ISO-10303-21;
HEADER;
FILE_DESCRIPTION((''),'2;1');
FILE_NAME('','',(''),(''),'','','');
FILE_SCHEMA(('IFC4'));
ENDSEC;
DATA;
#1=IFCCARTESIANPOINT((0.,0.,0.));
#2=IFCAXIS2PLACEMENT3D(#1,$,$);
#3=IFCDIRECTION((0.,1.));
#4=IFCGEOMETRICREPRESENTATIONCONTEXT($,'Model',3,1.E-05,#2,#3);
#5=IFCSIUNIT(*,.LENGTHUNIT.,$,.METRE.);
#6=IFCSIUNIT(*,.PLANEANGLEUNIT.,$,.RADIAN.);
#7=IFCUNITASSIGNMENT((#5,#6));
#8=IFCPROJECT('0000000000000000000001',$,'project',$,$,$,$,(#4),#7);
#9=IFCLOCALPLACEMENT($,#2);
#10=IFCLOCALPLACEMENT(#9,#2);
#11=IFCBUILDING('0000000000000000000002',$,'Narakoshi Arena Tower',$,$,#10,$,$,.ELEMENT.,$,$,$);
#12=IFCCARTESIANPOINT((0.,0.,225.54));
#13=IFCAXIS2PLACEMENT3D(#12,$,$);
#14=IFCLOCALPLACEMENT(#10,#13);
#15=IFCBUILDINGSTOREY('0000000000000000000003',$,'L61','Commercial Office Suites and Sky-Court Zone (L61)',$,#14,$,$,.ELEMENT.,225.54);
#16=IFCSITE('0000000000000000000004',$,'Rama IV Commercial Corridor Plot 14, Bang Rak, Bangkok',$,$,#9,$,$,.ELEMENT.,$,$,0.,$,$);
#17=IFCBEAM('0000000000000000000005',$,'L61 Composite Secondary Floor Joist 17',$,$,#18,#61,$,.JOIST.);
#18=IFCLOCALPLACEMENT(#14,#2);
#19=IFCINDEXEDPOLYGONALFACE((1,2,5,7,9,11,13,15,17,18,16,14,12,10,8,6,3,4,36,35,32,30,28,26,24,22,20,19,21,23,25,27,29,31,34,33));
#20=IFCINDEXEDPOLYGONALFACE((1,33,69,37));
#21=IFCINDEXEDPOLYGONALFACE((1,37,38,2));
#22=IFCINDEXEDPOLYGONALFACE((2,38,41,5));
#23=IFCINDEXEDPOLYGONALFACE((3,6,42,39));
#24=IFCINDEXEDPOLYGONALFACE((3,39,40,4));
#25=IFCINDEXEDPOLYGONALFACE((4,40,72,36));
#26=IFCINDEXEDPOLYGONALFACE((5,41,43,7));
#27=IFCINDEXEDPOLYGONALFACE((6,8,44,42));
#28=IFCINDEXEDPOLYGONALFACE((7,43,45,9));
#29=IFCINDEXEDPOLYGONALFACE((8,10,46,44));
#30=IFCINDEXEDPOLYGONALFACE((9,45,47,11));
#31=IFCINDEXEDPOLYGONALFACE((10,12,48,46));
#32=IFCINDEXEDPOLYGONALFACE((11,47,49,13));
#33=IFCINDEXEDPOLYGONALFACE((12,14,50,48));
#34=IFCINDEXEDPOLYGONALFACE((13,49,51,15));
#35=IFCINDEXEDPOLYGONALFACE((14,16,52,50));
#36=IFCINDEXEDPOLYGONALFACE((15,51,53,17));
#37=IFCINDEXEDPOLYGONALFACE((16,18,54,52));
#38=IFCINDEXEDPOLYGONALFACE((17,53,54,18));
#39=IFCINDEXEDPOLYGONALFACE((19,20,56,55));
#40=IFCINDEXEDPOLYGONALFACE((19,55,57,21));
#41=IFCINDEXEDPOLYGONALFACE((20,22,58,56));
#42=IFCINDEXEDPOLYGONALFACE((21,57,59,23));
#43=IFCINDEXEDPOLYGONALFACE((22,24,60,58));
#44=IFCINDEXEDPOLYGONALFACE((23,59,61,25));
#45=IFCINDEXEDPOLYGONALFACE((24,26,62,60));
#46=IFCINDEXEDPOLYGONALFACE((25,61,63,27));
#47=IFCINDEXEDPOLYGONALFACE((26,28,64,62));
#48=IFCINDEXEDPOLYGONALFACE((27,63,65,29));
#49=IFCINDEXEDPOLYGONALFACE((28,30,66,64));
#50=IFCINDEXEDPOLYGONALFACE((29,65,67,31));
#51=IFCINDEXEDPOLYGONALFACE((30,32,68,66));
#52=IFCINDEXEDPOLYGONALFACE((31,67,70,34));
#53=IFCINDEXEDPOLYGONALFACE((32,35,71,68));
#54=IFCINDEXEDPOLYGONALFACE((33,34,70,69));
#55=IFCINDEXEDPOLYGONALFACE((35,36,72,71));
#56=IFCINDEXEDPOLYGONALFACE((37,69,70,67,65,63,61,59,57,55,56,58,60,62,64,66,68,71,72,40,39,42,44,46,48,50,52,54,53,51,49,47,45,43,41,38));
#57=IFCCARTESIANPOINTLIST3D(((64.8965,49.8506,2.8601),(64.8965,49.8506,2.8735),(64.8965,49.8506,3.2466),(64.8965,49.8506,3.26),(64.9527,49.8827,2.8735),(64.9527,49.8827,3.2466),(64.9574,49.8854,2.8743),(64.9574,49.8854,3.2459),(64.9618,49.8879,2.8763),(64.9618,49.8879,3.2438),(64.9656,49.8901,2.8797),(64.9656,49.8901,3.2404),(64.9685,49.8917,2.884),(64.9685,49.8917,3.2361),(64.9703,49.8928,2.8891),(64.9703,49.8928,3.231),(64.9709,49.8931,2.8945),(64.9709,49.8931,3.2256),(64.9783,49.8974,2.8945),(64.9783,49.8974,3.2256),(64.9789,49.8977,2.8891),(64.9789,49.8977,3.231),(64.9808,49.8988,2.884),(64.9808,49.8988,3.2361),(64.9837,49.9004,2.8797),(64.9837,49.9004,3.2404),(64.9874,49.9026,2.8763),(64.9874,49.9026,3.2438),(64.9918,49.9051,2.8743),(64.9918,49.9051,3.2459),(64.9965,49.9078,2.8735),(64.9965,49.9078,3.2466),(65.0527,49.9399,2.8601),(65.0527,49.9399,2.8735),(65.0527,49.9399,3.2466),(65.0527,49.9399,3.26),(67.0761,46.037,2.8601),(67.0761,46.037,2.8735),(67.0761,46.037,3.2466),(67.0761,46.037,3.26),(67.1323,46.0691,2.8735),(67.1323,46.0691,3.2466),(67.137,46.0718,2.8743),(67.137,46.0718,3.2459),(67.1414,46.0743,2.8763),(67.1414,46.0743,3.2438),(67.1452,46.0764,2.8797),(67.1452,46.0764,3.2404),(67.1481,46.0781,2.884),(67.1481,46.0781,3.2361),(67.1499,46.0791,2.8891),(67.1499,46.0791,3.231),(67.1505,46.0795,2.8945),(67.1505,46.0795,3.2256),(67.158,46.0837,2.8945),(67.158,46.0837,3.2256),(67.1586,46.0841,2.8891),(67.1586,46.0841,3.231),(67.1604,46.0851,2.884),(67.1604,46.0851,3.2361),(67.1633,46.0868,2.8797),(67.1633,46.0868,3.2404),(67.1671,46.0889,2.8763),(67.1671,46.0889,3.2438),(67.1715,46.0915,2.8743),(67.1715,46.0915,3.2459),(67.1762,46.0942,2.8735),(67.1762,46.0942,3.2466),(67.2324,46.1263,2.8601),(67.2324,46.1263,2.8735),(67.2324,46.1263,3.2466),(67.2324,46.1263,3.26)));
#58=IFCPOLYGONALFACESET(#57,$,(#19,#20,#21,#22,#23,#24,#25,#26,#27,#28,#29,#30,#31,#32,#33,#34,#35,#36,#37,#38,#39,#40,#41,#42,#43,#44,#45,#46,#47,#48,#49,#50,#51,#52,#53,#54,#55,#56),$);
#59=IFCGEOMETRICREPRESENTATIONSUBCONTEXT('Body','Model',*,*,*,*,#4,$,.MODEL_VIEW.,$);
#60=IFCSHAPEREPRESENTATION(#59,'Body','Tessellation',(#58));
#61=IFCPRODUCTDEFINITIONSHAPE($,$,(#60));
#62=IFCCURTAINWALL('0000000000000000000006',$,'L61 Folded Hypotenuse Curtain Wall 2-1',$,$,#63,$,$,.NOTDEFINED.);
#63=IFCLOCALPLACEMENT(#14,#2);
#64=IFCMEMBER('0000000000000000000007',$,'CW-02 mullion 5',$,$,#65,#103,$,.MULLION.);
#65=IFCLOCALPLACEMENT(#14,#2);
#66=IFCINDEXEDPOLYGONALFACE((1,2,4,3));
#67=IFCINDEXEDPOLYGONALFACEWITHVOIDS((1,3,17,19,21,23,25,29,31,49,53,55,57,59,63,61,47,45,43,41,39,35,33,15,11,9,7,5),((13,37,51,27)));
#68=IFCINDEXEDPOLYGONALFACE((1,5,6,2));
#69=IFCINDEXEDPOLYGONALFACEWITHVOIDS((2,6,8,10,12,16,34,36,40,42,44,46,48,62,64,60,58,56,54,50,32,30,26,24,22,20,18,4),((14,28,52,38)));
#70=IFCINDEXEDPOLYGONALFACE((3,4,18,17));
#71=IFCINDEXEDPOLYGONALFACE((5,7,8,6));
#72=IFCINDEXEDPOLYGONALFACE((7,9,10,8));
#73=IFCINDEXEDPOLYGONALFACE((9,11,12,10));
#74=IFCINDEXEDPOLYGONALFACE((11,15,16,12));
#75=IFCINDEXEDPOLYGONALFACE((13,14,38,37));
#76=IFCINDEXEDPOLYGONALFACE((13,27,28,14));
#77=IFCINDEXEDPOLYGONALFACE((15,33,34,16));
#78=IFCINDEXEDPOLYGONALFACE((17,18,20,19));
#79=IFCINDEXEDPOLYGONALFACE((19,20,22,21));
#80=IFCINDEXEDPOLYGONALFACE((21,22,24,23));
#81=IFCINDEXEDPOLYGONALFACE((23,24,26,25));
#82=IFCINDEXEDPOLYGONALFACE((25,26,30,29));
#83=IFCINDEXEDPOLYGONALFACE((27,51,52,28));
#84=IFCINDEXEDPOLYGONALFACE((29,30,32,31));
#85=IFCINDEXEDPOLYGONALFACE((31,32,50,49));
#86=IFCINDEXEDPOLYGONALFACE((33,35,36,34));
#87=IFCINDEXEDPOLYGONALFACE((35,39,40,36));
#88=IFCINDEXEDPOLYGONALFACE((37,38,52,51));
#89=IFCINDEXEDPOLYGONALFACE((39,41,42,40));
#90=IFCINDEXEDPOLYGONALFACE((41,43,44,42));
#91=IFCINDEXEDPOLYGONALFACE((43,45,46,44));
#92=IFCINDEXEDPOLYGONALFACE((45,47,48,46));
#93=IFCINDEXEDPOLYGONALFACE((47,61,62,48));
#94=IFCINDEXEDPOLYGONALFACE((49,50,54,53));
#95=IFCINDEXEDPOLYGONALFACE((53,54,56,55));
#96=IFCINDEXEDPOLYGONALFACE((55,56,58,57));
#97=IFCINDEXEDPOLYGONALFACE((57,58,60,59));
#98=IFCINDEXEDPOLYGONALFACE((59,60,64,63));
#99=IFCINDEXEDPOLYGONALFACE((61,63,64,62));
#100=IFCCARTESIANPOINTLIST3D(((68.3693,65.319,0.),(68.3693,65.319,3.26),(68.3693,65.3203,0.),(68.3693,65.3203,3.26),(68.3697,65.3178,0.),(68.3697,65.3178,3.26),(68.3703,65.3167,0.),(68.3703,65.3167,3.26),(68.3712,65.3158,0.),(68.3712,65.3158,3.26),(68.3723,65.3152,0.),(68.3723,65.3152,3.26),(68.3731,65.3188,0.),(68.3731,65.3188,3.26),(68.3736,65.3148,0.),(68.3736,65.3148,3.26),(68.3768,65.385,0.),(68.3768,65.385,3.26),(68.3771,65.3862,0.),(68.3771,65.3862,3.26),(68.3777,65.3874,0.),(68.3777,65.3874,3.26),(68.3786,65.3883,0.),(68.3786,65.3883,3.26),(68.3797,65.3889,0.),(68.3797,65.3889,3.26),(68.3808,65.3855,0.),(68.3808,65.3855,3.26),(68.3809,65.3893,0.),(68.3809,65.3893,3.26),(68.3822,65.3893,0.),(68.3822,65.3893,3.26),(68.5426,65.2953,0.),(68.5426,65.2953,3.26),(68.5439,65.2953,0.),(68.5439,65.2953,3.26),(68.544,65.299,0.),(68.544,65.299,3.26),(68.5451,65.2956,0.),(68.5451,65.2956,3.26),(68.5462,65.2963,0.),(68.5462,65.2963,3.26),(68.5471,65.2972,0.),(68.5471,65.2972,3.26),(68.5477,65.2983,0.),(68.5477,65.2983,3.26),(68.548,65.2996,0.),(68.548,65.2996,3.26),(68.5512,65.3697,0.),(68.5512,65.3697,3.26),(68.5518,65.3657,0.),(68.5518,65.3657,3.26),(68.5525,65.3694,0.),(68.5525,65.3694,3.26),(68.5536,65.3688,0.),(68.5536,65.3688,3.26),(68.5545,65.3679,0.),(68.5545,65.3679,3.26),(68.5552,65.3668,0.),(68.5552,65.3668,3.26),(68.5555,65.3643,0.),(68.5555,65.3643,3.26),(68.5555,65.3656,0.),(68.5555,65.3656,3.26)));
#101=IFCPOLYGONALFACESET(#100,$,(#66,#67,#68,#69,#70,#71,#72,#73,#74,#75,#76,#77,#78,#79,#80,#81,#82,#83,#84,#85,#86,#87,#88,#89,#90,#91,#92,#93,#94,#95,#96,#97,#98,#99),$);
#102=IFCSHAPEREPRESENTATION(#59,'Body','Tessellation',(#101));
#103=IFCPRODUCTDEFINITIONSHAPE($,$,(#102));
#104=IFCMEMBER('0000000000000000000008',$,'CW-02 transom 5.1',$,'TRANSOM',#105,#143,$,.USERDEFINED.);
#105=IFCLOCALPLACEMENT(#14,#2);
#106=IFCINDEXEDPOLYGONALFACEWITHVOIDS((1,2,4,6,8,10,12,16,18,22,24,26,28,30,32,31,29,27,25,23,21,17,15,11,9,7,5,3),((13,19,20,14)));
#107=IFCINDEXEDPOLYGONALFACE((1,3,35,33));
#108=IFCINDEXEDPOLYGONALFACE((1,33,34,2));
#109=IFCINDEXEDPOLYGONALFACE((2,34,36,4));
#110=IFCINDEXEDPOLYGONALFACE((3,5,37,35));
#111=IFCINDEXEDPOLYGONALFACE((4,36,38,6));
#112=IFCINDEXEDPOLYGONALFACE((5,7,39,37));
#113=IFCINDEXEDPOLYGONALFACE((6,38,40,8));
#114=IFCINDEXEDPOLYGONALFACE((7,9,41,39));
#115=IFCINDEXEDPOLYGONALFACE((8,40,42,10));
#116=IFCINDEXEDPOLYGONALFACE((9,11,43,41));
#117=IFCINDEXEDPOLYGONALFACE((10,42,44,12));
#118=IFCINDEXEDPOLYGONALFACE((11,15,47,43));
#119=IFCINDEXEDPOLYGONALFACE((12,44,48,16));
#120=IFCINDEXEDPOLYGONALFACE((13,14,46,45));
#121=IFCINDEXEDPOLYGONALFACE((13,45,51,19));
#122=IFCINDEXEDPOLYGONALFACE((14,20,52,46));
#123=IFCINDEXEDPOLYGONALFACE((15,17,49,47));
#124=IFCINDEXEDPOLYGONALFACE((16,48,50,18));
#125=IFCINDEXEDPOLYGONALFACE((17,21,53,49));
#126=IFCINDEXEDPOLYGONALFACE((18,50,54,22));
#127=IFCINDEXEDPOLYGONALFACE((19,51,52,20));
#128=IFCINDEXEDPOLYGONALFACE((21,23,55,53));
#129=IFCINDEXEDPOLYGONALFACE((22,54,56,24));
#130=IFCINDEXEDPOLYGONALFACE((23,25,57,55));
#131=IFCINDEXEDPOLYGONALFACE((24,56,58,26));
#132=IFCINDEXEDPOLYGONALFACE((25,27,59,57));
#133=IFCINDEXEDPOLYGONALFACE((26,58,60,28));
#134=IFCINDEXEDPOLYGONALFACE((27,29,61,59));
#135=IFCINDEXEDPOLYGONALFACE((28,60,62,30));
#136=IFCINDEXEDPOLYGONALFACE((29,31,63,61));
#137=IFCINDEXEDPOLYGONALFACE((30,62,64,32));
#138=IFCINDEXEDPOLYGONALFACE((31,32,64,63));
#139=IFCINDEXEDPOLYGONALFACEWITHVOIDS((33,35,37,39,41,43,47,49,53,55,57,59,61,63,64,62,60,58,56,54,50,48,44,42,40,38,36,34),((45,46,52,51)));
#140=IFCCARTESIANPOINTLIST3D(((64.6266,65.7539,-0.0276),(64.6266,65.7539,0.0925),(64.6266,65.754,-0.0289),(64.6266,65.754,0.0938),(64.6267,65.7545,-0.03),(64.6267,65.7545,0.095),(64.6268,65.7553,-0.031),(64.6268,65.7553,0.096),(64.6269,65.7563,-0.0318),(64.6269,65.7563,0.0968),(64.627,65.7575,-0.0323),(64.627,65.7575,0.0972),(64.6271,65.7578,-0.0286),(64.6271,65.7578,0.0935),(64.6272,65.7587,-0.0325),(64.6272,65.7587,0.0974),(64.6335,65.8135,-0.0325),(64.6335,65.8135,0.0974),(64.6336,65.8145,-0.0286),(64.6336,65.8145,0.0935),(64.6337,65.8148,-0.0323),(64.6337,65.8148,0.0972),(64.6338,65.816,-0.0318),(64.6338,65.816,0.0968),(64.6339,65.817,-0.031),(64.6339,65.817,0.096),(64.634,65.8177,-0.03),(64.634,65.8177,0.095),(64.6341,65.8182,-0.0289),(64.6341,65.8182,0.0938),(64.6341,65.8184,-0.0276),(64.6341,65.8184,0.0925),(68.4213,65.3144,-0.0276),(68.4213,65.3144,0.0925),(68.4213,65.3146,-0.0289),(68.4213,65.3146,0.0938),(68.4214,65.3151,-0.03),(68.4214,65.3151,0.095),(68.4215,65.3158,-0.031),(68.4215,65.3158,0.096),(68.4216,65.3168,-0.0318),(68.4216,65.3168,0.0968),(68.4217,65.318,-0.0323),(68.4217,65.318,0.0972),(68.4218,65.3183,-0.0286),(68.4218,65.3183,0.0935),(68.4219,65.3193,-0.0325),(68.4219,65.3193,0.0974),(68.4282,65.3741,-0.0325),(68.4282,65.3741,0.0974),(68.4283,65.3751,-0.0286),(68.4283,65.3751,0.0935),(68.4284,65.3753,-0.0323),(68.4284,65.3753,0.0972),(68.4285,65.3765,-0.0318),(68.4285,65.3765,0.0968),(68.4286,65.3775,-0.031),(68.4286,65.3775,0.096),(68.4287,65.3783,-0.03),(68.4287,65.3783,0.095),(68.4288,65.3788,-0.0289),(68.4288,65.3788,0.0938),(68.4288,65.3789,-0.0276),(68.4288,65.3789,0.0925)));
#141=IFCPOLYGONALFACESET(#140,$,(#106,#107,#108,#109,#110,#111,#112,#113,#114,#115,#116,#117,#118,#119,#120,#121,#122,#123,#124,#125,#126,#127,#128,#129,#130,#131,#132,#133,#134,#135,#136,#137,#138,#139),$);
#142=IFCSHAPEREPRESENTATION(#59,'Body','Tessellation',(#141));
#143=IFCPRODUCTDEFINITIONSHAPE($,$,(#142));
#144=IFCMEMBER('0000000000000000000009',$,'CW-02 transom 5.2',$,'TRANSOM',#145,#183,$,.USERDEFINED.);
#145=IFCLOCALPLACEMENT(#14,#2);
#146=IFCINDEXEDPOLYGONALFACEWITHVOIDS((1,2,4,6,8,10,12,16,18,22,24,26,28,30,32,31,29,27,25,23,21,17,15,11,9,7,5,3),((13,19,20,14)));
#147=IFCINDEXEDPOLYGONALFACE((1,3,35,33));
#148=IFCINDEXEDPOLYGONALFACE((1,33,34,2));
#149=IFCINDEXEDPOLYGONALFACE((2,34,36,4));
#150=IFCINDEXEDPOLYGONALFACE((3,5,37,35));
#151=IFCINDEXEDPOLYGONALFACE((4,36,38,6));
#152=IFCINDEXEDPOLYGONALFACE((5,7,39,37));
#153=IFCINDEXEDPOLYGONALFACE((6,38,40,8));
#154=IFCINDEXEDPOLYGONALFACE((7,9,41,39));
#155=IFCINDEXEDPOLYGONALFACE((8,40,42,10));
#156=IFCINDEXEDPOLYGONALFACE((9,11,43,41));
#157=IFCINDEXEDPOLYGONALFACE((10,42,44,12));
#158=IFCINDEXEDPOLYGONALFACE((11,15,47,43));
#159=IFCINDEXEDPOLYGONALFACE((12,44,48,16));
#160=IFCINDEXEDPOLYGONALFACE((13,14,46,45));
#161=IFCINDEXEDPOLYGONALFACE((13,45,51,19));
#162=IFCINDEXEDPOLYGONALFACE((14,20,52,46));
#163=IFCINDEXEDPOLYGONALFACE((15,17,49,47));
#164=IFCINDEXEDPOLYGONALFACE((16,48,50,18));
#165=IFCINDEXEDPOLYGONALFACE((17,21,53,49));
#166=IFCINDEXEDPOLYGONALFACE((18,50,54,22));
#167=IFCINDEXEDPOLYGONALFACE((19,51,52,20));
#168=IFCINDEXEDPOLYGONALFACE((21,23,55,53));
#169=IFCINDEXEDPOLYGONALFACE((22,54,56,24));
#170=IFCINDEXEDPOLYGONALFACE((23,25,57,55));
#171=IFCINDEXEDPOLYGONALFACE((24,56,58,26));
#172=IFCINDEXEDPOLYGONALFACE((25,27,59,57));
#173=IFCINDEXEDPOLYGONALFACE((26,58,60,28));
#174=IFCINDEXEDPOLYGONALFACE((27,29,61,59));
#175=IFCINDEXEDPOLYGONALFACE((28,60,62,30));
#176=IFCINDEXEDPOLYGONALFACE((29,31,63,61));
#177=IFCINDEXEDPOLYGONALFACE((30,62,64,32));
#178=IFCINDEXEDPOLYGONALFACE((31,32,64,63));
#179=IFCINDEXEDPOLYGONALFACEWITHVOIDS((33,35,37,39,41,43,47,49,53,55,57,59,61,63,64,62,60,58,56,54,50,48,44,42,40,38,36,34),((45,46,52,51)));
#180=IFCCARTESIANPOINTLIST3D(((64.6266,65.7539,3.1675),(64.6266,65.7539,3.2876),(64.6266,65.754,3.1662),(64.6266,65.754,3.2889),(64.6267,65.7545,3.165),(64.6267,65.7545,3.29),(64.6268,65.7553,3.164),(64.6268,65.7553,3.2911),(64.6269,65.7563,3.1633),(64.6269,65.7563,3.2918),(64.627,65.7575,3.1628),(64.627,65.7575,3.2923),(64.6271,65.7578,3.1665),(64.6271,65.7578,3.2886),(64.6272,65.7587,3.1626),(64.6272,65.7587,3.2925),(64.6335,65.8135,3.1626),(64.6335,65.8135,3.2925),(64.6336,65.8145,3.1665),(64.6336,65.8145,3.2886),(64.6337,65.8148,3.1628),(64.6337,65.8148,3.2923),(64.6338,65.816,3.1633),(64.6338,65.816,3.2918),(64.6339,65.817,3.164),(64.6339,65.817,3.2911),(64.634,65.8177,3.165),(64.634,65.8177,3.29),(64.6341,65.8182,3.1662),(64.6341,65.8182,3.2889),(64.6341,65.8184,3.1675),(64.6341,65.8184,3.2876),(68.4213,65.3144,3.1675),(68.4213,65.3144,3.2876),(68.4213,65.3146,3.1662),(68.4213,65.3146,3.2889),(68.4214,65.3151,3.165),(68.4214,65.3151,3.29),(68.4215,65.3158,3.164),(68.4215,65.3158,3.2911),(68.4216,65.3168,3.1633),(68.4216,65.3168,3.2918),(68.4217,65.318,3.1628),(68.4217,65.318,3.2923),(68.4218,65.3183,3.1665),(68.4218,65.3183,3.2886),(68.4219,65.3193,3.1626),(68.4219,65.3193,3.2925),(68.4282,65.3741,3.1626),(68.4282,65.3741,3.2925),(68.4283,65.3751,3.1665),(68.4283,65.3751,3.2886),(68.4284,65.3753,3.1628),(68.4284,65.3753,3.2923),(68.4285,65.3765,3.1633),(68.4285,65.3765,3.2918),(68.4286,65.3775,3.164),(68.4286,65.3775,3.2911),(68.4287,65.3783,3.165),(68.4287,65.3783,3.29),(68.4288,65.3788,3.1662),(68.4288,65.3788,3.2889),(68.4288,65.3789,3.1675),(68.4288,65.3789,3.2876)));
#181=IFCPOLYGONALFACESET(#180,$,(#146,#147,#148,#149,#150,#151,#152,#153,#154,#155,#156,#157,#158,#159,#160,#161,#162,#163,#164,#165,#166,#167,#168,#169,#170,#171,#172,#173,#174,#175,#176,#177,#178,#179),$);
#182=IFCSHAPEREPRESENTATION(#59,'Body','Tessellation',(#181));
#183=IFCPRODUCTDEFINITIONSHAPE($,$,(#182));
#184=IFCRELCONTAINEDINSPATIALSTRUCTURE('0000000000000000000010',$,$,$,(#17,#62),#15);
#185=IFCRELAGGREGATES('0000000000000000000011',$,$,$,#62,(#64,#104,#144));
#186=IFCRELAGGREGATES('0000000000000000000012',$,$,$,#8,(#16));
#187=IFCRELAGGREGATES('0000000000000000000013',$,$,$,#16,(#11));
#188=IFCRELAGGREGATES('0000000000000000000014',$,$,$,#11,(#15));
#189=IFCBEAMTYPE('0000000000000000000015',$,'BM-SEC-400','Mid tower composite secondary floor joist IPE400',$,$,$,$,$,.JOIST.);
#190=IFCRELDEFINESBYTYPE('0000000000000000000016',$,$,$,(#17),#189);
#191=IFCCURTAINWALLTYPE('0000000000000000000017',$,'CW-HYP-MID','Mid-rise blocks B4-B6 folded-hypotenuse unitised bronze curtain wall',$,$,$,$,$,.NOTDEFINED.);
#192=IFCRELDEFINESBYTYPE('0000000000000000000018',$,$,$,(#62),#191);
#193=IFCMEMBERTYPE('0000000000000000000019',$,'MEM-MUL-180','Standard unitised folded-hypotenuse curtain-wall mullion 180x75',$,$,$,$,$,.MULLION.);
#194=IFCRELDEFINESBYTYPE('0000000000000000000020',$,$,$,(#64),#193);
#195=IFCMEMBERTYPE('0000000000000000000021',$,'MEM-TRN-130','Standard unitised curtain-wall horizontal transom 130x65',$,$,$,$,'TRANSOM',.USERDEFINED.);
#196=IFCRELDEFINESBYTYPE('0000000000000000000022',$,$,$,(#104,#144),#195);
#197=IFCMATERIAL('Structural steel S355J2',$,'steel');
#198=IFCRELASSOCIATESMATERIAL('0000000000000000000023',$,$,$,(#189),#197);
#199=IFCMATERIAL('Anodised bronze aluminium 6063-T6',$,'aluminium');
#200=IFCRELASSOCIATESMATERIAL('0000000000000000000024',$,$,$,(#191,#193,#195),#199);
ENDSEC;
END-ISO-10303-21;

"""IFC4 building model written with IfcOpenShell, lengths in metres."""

from ifc_helpers import new_model, si_unit, direction, frame, origin, origin_2d, place, context, subcontext, project, spatial, hollow_rectangle, i_section, extrude, material, material_profile, profile_set, type_object, element, aggregate, save


model = new_model("IFC4")

# Units and contexts
model_context = context("Model", 3, precision=1e-05, world=origin(), true_north=direction((0.0, 1.0)))
body_context = subcontext(model_context, "Body", "Model", "MODEL_VIEW")
ifc_project = project(units=[si_unit("LENGTHUNIT", "METRE"), si_unit("PLANEANGLEUNIT", "RADIAN")], contexts=[model_context])

# Site, building, storey
site_placement = place(None, origin())
site = spatial("IfcSite", under=ifc_project, at=site_placement, Name="Rama IV Commercial Corridor Plot 14, Bang Rak, Bangkok", CompositionType="ELEMENT", RefElevation=0.0)
building_placement = place(site_placement, origin())
building = spatial("IfcBuilding", under=site, at=building_placement, Name="Narakoshi Arena Tower", CompositionType="ELEMENT")
storey_placement = place(building_placement, frame((0.0, 0.0, 225.54)))
storey = spatial("IfcBuildingStorey", under=building, at=storey_placement, Name="L61", Description="Commercial Office Suites and Sky-Court Zone (L61)", CompositionType="ELEMENT", Elevation=225.54)

# Beam
ifc_material_1 = material(Name="Structural steel S355J2", Category="steel")
ifc_material_profile_1 = material_profile(ifc_material_1, i_section(OverallWidth=0.1799, OverallDepth=0.3999, WebThickness=0.0085, FlangeThickness=0.0134, FilletRadius=0.021, at=origin_2d()), Name="IPE400")
ifc_profile_set_1 = profile_set([ifc_material_profile_1], Name="Structural steel S355J2")
beam_type_1 = type_object("IfcBeamType", Name="BM-SEC-400", Description="Mid tower composite secondary floor joist IPE400", PredefinedType="JOIST", material=ifc_profile_set_1)
beam_1_placement = place(storey_placement, frame((64.9746, 49.8953, 3.0601), z_axis=(0.496211, -0.868202, 0.0), x_axis=(0.868202, 0.496211, 0.0)))
element("IfcBeam", 1, at=beam_1_placement, inside=storey, type_object=beam_type_1, Name="L61 Composite Secondary Floor Joist 17", PredefinedType="JOIST", context=body_context, shape_type="SweptSolid", body=[
    extrude(i_section(OverallWidth=0.1799, OverallDepth=0.3999, WebThickness=0.0085, FlangeThickness=0.0134, FilletRadius=0.021, at=origin_2d()), origin(), (0.0, 0.0, 1.0), 4.3926),
])

# Curtain wall, members
ifc_material_2 = material(Name="Anodised bronze aluminium 6063-T6", Category="aluminium")
curtain_wall_type = type_object("IfcCurtainWallType", Name="CW-HYP-MID", Description="Mid-rise blocks B4-B6 folded-hypotenuse unitised bronze curtain wall", PredefinedType="NOTDEFINED", material=ifc_material_2)
curtain_wall_placement = place(storey_placement, origin())
curtain_wall = element("IfcCurtainWall", 2, at=curtain_wall_placement, inside=storey, type_object=curtain_wall_type, Name="L61 Folded Hypotenuse Curtain Wall 2-1", PredefinedType="NOTDEFINED")
ifc_material_profile_2 = material_profile(ifc_material_2, hollow_rectangle(XDim=0.075, YDim=0.1799, WallThickness=0.0039, OuterFilletRadius=0.0049, at=origin_2d()), Name="MUL180x75x4")
ifc_profile_set_2 = profile_set([ifc_material_profile_2], Name="Anodised bronze aluminium 6063-T6")
member_type_1 = type_object("IfcMemberType", Name="MEM-MUL-180", Description="Standard unitised folded-hypotenuse curtain-wall mullion 180x75", PredefinedType="MULLION", material=ifc_profile_set_2)
member_1_placement = place(storey_placement, frame((68.4624, 65.3423, 0.0), z_axis=(0.0, 0.0, 1.0), x_axis=(-0.115011, -0.993364, 0.0)))
member_1 = element("IfcMember", 3, at=member_1_placement, type_object=member_type_1, Name="CW-02 mullion 5", PredefinedType="MULLION", context=body_context, shape_type="SweptSolid", body=[
    extrude(hollow_rectangle(XDim=0.075, YDim=0.1799, WallThickness=0.0039, OuterFilletRadius=0.0049, at=origin_2d()), origin(), (0.0, 0.0, 1.0), 3.26),
])
ifc_material_profile_3 = material_profile(ifc_material_2, hollow_rectangle(XDim=0.0649, YDim=0.1299, WallThickness=0.0039, OuterFilletRadius=0.0049, at=origin_2d()), Name="TRN130x65x4")
ifc_profile_set_3 = profile_set([ifc_material_profile_3], Name="Anodised bronze aluminium 6063-T6")
member_type_2 = type_object("IfcMemberType", Name="MEM-TRN-130", Description="Standard unitised curtain-wall horizontal transom 130x65", ElementType="TRANSOM", PredefinedType="USERDEFINED", material=ifc_profile_set_3)
member_2_placement = place(storey_placement, frame((68.425, 65.3467, 0.0325), z_axis=(-0.993361, 0.115039, 0.0), x_axis=(-0.115039, -0.993361, 0.0)))
member_2 = element("IfcMember", 4, at=member_2_placement, type_object=member_type_2, Name="CW-02 transom 5.1", ObjectType="TRANSOM", PredefinedType="USERDEFINED", context=body_context, shape_type="SweptSolid", body=[
    extrude(hollow_rectangle(XDim=0.0649, YDim=0.1299, WallThickness=0.0039, OuterFilletRadius=0.0049, at=origin_2d()), origin(), (0.0, 0.0, 1.0), 3.8201),
])
member_3_placement = place(storey_placement, frame((68.425, 65.3467, 3.2275), z_axis=(-0.993361, 0.115039, 0.0), x_axis=(-0.115039, -0.993361, 0.0)))
member_3 = element("IfcMember", 5, at=member_3_placement, type_object=member_type_2, Name="CW-02 transom 5.2", ObjectType="TRANSOM", PredefinedType="USERDEFINED", context=body_context, shape_type="SweptSolid", body=[
    extrude(hollow_rectangle(XDim=0.0649, YDim=0.1299, WallThickness=0.0039, OuterFilletRadius=0.0049, at=origin_2d()), origin(), (0.0, 0.0, 1.0), 3.8201),
])
aggregate(curtain_wall, [member_1, member_2, member_3])

save(model, "model.ifc")
